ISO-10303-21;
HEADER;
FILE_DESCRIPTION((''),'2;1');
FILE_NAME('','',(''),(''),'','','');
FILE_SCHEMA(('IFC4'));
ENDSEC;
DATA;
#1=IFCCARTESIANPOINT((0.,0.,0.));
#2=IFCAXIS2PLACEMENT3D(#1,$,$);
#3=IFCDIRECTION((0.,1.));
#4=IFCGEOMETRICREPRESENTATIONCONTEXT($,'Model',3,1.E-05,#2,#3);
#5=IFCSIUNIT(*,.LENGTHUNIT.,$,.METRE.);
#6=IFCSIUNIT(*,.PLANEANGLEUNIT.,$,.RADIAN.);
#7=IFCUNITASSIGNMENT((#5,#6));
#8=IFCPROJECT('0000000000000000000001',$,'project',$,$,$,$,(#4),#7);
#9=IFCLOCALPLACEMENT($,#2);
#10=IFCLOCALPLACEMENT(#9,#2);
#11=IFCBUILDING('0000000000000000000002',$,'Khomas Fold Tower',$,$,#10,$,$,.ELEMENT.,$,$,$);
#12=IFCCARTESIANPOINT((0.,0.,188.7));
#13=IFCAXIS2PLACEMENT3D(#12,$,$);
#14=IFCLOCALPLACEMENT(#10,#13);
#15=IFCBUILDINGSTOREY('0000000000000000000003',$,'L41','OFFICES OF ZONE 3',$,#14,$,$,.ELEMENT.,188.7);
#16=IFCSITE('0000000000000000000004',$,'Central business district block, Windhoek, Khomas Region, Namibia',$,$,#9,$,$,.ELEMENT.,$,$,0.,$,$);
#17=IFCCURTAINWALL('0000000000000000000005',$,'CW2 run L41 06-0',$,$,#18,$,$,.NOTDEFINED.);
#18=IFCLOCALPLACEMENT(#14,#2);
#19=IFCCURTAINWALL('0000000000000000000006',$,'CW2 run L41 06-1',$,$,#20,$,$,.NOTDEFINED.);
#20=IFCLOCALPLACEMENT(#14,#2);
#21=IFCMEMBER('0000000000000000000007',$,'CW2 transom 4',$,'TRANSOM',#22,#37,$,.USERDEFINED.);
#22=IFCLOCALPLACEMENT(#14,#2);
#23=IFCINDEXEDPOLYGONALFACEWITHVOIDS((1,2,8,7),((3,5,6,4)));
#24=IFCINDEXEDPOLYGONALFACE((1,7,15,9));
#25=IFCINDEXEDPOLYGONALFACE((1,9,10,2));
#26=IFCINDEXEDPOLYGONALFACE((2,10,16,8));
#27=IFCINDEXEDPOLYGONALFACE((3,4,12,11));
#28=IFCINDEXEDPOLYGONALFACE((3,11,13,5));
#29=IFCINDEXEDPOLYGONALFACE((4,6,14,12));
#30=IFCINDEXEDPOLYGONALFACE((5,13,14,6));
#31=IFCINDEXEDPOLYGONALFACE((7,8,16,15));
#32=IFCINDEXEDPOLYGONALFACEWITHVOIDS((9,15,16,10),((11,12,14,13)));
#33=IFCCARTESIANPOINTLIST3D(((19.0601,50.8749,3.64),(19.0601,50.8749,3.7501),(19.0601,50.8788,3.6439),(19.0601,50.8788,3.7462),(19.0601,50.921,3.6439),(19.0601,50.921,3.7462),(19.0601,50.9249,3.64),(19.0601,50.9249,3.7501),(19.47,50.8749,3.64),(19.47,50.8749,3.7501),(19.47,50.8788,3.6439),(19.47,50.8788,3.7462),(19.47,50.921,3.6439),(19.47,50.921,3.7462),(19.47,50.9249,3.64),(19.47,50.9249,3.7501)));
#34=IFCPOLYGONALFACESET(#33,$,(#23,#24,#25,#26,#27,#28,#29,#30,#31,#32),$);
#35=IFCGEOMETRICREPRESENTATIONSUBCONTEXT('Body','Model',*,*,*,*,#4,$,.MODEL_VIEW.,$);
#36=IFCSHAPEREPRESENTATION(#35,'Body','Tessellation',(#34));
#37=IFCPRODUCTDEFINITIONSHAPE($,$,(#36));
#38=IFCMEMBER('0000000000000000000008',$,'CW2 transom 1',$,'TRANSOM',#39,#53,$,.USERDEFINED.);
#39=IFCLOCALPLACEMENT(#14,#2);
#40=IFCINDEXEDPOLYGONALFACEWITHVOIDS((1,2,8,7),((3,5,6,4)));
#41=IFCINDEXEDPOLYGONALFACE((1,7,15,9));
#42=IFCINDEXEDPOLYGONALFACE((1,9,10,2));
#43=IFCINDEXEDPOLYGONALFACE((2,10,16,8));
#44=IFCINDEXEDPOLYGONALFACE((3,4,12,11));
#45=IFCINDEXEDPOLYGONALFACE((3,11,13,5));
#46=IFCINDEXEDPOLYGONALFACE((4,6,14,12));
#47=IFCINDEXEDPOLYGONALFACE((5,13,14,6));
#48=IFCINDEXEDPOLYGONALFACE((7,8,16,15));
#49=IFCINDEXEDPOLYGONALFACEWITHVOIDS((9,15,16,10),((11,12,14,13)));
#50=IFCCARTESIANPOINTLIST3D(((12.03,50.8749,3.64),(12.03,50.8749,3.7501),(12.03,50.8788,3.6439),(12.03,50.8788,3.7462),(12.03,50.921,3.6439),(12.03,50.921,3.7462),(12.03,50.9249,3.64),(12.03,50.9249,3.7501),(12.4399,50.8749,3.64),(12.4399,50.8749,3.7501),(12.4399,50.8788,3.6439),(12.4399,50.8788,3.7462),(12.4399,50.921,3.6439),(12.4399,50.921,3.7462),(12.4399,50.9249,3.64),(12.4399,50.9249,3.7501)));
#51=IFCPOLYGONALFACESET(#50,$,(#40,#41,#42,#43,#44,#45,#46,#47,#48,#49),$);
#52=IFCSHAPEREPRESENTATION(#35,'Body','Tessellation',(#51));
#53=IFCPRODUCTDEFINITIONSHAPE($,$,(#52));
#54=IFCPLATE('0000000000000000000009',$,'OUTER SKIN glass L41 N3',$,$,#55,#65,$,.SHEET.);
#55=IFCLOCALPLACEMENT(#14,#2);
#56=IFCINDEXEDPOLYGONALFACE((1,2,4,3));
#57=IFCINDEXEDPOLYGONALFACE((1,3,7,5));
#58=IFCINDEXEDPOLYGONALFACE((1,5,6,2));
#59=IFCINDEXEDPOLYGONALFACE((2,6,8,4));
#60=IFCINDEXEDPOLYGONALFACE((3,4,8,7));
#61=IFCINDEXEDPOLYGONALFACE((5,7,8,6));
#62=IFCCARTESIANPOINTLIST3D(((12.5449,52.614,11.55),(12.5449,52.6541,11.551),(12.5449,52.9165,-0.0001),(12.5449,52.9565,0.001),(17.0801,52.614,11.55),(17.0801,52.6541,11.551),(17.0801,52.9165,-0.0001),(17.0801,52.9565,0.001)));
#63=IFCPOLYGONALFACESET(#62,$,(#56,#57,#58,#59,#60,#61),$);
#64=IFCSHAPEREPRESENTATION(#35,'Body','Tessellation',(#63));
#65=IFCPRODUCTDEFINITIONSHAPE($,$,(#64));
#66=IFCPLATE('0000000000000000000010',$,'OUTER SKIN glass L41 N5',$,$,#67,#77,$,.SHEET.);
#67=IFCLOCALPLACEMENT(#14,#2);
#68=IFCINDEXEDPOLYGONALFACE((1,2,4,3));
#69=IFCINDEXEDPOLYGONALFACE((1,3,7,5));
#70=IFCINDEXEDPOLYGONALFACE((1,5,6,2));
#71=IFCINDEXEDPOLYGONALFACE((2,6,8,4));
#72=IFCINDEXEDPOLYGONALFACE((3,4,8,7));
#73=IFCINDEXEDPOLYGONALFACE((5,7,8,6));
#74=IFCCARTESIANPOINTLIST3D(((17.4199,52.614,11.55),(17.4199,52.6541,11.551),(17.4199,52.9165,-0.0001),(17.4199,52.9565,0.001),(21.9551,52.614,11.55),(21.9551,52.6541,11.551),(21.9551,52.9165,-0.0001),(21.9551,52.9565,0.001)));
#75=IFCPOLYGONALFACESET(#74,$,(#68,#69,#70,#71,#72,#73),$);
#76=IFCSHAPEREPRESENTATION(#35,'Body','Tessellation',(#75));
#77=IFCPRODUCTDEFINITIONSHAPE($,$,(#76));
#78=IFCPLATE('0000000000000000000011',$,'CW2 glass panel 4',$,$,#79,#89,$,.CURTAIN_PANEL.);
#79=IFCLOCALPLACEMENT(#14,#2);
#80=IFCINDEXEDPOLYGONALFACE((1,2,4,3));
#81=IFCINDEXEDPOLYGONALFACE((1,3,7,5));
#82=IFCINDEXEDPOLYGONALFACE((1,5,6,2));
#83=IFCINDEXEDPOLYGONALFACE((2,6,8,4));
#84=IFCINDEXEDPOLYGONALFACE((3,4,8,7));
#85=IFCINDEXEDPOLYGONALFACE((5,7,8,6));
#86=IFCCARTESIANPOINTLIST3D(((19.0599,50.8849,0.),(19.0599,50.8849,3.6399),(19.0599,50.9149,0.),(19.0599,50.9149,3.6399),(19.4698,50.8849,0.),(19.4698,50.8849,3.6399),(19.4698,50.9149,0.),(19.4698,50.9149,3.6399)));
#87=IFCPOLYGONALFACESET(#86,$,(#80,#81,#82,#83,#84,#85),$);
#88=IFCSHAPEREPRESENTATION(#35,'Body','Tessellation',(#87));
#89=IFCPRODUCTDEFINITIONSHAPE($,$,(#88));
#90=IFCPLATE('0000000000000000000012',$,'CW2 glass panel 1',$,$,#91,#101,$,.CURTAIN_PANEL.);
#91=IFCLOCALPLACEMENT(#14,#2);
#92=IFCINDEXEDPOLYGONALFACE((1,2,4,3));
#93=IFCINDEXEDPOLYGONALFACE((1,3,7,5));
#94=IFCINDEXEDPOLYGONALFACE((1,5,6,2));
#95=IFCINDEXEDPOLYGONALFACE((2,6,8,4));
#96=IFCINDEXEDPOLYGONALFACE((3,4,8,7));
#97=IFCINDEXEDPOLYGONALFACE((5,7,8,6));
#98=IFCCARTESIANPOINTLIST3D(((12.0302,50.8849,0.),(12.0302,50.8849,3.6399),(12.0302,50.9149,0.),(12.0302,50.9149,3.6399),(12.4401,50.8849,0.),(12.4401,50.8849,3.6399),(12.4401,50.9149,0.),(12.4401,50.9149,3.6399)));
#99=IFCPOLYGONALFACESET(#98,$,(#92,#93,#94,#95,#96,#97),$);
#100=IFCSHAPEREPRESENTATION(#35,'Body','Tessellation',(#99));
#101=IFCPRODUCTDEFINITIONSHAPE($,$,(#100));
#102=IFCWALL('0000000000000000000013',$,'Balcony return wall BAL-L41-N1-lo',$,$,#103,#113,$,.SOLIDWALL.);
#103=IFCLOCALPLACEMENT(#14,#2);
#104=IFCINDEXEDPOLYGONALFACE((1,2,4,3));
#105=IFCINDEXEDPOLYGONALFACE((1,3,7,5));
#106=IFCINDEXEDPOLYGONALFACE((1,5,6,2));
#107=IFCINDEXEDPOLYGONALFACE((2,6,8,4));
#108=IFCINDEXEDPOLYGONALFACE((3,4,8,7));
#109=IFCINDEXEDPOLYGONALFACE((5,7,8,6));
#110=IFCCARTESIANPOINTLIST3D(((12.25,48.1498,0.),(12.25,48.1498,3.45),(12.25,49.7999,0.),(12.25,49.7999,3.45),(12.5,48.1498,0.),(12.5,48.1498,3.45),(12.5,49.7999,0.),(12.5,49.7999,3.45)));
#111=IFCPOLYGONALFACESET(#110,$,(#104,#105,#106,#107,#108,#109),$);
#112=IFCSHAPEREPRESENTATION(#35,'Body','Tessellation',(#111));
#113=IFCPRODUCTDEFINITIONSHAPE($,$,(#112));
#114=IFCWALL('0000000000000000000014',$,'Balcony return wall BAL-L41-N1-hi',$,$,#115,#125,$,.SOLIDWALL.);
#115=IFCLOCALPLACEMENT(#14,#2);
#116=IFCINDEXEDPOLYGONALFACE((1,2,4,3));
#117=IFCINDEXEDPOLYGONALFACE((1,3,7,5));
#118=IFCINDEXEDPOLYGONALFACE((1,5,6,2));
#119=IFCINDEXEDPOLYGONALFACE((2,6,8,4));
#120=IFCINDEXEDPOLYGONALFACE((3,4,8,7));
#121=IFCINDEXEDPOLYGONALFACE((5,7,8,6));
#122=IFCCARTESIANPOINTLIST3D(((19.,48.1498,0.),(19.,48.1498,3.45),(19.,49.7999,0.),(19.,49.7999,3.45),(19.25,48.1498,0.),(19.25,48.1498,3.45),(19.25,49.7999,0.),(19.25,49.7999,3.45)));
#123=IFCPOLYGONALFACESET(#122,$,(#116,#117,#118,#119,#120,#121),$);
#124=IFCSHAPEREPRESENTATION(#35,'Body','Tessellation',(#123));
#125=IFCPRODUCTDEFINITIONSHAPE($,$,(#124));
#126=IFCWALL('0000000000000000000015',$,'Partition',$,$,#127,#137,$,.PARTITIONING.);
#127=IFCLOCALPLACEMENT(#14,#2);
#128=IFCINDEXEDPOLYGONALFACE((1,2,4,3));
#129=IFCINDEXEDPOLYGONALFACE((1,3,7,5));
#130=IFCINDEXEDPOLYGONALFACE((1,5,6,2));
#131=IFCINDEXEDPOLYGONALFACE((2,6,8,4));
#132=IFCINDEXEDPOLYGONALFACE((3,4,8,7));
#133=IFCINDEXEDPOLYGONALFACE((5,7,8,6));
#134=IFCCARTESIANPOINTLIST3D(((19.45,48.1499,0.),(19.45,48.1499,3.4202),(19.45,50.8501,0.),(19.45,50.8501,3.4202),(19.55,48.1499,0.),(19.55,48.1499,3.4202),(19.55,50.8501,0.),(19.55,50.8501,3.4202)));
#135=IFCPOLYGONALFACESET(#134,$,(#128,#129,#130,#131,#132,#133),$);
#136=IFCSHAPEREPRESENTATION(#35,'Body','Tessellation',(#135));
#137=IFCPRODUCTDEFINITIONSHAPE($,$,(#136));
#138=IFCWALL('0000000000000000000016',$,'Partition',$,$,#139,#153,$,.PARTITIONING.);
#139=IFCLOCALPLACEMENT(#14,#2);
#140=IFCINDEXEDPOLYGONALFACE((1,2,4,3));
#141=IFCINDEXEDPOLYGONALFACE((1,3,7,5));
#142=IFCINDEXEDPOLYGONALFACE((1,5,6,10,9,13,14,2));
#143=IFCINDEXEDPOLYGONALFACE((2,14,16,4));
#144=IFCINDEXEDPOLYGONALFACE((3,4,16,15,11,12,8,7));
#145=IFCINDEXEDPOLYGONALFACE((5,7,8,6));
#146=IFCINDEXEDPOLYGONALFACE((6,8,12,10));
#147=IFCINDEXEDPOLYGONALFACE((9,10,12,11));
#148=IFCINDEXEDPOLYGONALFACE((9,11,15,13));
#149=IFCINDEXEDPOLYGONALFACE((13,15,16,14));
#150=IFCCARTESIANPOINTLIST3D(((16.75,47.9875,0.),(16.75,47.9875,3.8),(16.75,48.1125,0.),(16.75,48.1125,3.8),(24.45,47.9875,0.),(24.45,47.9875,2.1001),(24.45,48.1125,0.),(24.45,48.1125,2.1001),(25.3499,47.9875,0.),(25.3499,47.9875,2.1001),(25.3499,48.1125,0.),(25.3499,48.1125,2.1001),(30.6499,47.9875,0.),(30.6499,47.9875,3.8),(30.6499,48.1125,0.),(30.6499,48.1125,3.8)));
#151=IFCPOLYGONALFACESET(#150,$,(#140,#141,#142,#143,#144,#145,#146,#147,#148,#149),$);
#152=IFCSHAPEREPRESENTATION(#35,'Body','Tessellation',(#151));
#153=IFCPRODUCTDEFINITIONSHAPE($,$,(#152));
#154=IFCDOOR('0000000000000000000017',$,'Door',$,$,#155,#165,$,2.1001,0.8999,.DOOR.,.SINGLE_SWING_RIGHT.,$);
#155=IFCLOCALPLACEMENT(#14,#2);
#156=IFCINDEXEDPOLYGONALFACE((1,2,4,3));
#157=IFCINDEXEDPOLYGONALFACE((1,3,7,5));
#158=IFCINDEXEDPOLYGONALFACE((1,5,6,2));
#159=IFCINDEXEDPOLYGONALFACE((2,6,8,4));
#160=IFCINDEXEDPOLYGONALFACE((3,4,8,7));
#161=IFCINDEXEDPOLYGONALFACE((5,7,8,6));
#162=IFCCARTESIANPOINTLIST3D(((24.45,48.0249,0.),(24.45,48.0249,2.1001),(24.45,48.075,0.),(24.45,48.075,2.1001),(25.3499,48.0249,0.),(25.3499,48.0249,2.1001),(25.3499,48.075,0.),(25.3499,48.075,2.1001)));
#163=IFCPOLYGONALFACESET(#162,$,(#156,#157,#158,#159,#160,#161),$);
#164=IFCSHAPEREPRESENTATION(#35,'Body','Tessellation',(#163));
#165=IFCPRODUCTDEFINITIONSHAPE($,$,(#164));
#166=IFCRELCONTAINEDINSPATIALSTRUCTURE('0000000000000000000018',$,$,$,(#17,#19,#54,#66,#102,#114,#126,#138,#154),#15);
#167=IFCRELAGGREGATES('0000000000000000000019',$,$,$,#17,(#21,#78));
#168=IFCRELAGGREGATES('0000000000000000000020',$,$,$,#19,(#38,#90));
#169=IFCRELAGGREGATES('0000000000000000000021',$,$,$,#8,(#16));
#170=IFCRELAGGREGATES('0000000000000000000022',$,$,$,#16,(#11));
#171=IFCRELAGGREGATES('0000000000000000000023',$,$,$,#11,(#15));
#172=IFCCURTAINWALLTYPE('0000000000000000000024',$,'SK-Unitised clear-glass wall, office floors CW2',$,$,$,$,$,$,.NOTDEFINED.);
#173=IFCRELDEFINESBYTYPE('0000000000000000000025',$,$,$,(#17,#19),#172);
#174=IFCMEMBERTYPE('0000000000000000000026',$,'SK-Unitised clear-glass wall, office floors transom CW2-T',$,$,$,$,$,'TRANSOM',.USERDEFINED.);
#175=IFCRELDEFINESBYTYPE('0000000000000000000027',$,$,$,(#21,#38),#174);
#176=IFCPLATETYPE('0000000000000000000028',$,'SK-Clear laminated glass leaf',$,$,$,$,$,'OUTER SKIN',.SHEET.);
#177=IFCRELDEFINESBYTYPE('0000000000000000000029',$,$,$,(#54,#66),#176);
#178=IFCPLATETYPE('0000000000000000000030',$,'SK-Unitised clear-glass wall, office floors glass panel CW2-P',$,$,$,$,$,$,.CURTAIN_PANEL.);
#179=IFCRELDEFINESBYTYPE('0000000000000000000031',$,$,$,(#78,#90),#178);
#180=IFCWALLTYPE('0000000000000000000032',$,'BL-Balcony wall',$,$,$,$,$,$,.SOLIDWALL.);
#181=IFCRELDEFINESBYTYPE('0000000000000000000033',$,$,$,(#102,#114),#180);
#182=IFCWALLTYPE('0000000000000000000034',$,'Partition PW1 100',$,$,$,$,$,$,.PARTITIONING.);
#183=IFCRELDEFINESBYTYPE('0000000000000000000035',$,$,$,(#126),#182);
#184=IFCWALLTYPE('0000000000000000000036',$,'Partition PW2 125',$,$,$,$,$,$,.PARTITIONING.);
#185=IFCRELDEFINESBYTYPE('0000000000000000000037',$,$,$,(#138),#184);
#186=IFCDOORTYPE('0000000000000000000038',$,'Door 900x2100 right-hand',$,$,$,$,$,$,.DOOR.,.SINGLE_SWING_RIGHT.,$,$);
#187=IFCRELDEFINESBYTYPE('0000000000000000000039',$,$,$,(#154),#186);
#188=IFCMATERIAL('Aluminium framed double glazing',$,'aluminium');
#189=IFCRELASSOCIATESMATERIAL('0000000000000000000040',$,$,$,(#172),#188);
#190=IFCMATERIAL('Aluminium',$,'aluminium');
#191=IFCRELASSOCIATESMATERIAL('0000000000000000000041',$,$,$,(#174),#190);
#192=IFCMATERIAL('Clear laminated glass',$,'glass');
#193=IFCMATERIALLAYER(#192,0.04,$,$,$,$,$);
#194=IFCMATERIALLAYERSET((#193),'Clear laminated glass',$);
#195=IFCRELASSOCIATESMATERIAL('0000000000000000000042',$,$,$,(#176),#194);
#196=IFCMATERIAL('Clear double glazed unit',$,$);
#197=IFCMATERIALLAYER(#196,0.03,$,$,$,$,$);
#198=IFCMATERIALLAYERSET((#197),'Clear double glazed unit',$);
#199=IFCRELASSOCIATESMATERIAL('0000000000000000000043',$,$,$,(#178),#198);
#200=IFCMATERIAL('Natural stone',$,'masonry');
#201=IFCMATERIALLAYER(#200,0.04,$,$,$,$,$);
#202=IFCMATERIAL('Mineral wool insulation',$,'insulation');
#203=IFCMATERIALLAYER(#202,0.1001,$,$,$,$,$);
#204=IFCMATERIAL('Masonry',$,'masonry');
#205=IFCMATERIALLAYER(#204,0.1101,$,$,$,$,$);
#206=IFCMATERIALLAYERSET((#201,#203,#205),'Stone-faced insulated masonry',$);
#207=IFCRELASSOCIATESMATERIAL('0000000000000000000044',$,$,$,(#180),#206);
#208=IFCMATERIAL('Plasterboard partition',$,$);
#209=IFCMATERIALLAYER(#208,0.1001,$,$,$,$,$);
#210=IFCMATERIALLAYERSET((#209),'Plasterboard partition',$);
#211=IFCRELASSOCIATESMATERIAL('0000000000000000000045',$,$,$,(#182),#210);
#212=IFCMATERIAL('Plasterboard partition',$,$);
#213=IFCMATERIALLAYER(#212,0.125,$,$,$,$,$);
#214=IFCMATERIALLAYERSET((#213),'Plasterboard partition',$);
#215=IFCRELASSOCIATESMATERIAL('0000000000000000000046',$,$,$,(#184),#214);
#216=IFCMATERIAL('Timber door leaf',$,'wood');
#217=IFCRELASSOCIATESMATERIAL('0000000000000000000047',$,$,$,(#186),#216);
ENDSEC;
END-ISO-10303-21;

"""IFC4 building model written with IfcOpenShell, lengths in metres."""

from ifc_helpers import new_model, si_unit, direction, frame, frame_2d, origin, origin_2d, place, context, subcontext, project, spatial, polyline, rectangle, hollow_rectangle, outline, extrude, source, transform, mapped, material, layer, layer_set, material_profile, profile_set, type_object, element, fill, aggregate, save


model = new_model("IFC4")

# Units and contexts
model_context = context("Model", 3, precision=1e-05, world=origin(), true_north=direction((0.0, 1.0)))
body_context = subcontext(model_context, "Body", "Model", "MODEL_VIEW")
ifc_project = project(units=[si_unit("LENGTHUNIT", "METRE"), si_unit("PLANEANGLEUNIT", "RADIAN")], contexts=[model_context])

# Site, building, storey
site_placement = place(None, origin())
site = spatial("IfcSite", under=ifc_project, at=site_placement, Name="Central business district block, Windhoek, Khomas Region, Namibia", CompositionType="ELEMENT", RefElevation=0.0)
building_placement = place(site_placement, origin())
building = spatial("IfcBuilding", under=site, at=building_placement, Name="Khomas Fold Tower", CompositionType="ELEMENT")
storey_placement = place(building_placement, frame((0.0, 0.0, 188.7)))
storey = spatial("IfcBuildingStorey", under=building, at=storey_placement, Name="L41", Description="OFFICES OF ZONE 3", CompositionType="ELEMENT", Elevation=188.7)

# Curtain wall
ifc_material_1 = material(Name="Aluminium framed double glazing", Category="aluminium")
curtain_wall_type = type_object("IfcCurtainWallType", Name="SK-Unitised clear-glass wall, office floors CW2", PredefinedType="NOTDEFINED", material=ifc_material_1)
curtain_wall_1_placement = place(storey_placement, origin())
curtain_wall_1 = element("IfcCurtainWall", 1, at=curtain_wall_1_placement, inside=storey, type_object=curtain_wall_type, Name="CW2 run L41 06-0", PredefinedType="NOTDEFINED")

# Curtain wall
curtain_wall_2_placement = place(storey_placement, origin())
curtain_wall_2 = element("IfcCurtainWall", 2, at=curtain_wall_2_placement, inside=storey, type_object=curtain_wall_type, Name="CW2 run L41 06-1", PredefinedType="NOTDEFINED")

# Members
ifc_material_2 = material(Name="Aluminium", Category="aluminium")
ifc_material_profile_1 = material_profile(ifc_material_2, hollow_rectangle(XDim=0.05, YDim=0.1101, WallThickness=0.0039, at=origin_2d()), Name="SK-Unitised clear-glass wall, office floors transom CW2-T")
ifc_profile_set_1 = profile_set([ifc_material_profile_1], Name="Aluminium")
member_type_1 = type_object("IfcMemberType", Name="SK-Unitised clear-glass wall, office floors transom CW2-T", ElementType="TRANSOM", PredefinedType="USERDEFINED", material=ifc_profile_set_1)
shared_shape_1 = source(origin(), body_context, "Body", "SweptSolid", [
    extrude(hollow_rectangle(XDim=0.05, YDim=0.1101, WallThickness=0.0039, at=origin_2d()), origin(), (0.0, 0.0, 1.0), 0.4099),
])
member_1_placement = place(storey_placement, frame((19.47, 50.8999, 3.6951), z_axis=(-1.0, 0.0, 0.0), x_axis=(0.0, -1.0, 0.0)))
member_1 = element("IfcMember", 3, at=member_1_placement, type_object=member_type_1, Name="CW2 transom 4", ObjectType="TRANSOM", PredefinedType="USERDEFINED", context=body_context, shape_type="MappedRepresentation", body=[
    mapped(shared_shape_1, transform((0.0, 0.0, 0.0))),
])
member_2_placement = place(storey_placement, frame((12.4399, 50.8999, 3.6951), z_axis=(-1.0, 0.0, 0.0), x_axis=(0.0, -1.0, 0.0)))
member_2 = element("IfcMember", 4, at=member_2_placement, type_object=member_type_1, Name="CW2 transom 1", ObjectType="TRANSOM", PredefinedType="USERDEFINED", context=body_context, shape_type="MappedRepresentation", body=[
    mapped(shared_shape_1, transform((0.0, 0.0, 0.0))),
])

# Plates
ifc_material_3 = material(Name="Clear laminated glass", Category="glass")
ifc_layer_1 = layer(ifc_material_3, 0.04)
ifc_layer_set_1 = layer_set([ifc_layer_1], Name="Clear laminated glass")
plate_type_1 = type_object("IfcPlateType", Name="SK-Clear laminated glass leaf", ElementType="OUTER SKIN", PredefinedType="SHEET", material=ifc_layer_set_1)
for number, where, z_axis, x_axis, name in (
    (5, (12.5449, 52.9565, 0.001), (0.0, 0.999657, 0.026181), (1.0, 0.0, 0.0), "OUTER SKIN glass L41 N3"),
    (6, (17.4199, 52.9565, 0.001), (0.0, 0.999657, 0.026181), (1.0, 0.0, 0.0), "OUTER SKIN glass L41 N5"),
):
    element("IfcPlate", number, at=place(storey_placement, frame(where, z_axis=z_axis, x_axis=x_axis)), inside=storey, type_object=plate_type_1, Name=name, PredefinedType="SHEET", context=body_context, shape_type="SweptSolid", body=[
        extrude(outline(polyline([(0.0, 0.0), (4.5352, 0.0), (4.5352, -11.554), (0.0, -11.554), (0.0, 0.0)])), origin(), (0.0, 0.0, -1.0), 0.04),
    ])

# Plates
ifc_material_4 = material(Name="Clear double glazed unit")
ifc_layer_2 = layer(ifc_material_4, 0.03)
ifc_layer_set_2 = layer_set([ifc_layer_2], Name="Clear double glazed unit")
plate_type_2 = type_object("IfcPlateType", Name="SK-Unitised clear-glass wall, office floors glass panel CW2-P", PredefinedType="CURTAIN_PANEL", material=ifc_layer_set_2)
shared_shape_2 = source(origin(), body_context, "Body", "SweptSolid", [
    extrude(rectangle(XDim=0.4099, YDim=0.03, at=origin_2d()), origin(), (0.0, 0.0, 1.0), 3.6399),
])
plate_1_placement = place(storey_placement, frame((19.2649, 50.8999, 0.0), z_axis=(0.0, 0.0, 1.0), x_axis=(-1.0, 0.0, 0.0)))
plate_1 = element("IfcPlate", 7, at=plate_1_placement, type_object=plate_type_2, Name="CW2 glass panel 4", PredefinedType="CURTAIN_PANEL", context=body_context, shape_type="MappedRepresentation", body=[
    mapped(shared_shape_2, transform((0.0, 0.0, 0.0))),
])
aggregate(curtain_wall_1, [member_1, plate_1])
plate_2_placement = place(storey_placement, frame((12.2351, 50.8999, 0.0), z_axis=(0.0, 0.0, 1.0), x_axis=(-1.0, 0.0, 0.0)))
plate_2 = element("IfcPlate", 8, at=plate_2_placement, type_object=plate_type_2, Name="CW2 glass panel 1", PredefinedType="CURTAIN_PANEL", context=body_context, shape_type="MappedRepresentation", body=[
    mapped(shared_shape_2, transform((0.0, 0.0, 0.0))),
])
aggregate(curtain_wall_2, [member_2, plate_2])

# Shared definitions
ifc_material_5 = material(Name="Natural stone", Category="masonry")
ifc_layer_3 = layer(ifc_material_5, 0.04)
ifc_material_6 = material(Name="Mineral wool insulation", Category="insulation")
ifc_layer_4 = layer(ifc_material_6, 0.1001)
ifc_material_7 = material(Name="Masonry", Category="masonry")
ifc_layer_5 = layer(ifc_material_7, 0.1101)
ifc_layer_set_3 = layer_set([ifc_layer_3, ifc_layer_4, ifc_layer_5], Name="Stone-faced insulated masonry")
wall_type_1 = type_object("IfcWallType", Name="BL-Balcony wall", PredefinedType="SOLIDWALL", material=ifc_layer_set_3)

# Walls
shared_shape_3 = source(origin(), body_context, "Body", "SweptSolid", [
    extrude(rectangle(XDim=1.6501, YDim=0.25, at=frame_2d((0.8252, 0.0))), origin(), (0.0, 0.0, 1.0), 3.45),
])
for number, where, z_axis, x_axis, name in (
    (9, (12.375, 49.8, 0.0), (0.0, 0.0, 1.0), (0.0, -1.0, 0.0), "Balcony return wall BAL-L41-N1-lo"),
    (10, (19.125, 49.8, 0.0), (0.0, 0.0, 1.0), (0.0, -1.0, 0.0), "Balcony return wall BAL-L41-N1-hi"),
):
    element("IfcWall", number, at=place(storey_placement, frame(where, z_axis=z_axis, x_axis=x_axis)), inside=storey, type_object=wall_type_1, Name=name, PredefinedType="SOLIDWALL", context=body_context, shape_type="MappedRepresentation", body=[
        mapped(shared_shape_3, transform((0.0, 0.0, 0.0))),
    ])
ifc_material_8 = material(Name="Plasterboard partition")
ifc_layer_6 = layer(ifc_material_8, 0.1001)
ifc_layer_set_4 = layer_set([ifc_layer_6], Name="Plasterboard partition")
wall_type_2 = type_object("IfcWallType", Name="Partition PW1 100", PredefinedType="PARTITIONING", material=ifc_layer_set_4)
shared_shape_4 = source(origin(), body_context, "Body", "SweptSolid", [
    extrude(rectangle(XDim=2.7002, YDim=0.1001, at=frame_2d((1.3501, 0.0))), origin(), (0.0, 0.0, 1.0), 3.4202),
])
wall_1_placement = place(storey_placement, frame((19.5, 48.1499, 0.0), z_axis=(0.0, 0.0, 1.0), x_axis=(0.0, 1.0, 0.0)))
element("IfcWall", 11, at=wall_1_placement, inside=storey, type_object=wall_type_2, Name="Partition", PredefinedType="PARTITIONING", context=body_context, shape_type="MappedRepresentation", body=[
    mapped(shared_shape_4, transform((0.0, 0.0, 0.0))),
])

# Wall, opening, door
ifc_material_9 = material(Name="Plasterboard partition")
ifc_layer_7 = layer(ifc_material_9, 0.125)
ifc_layer_set_5 = layer_set([ifc_layer_7], Name="Plasterboard partition")
wall_type_3 = type_object("IfcWallType", Name="Partition PW2 125", PredefinedType="PARTITIONING", material=ifc_layer_set_5)
shared_shape_5 = source(origin(), body_context, "Body", "SweptSolid", [
    extrude(rectangle(XDim=13.8999, YDim=0.125, at=frame_2d((6.95, 0.0))), origin(), (0.0, 0.0, 1.0), 3.8),
])
wall_2_placement = place(storey_placement, frame((16.75, 48.05, 0.0), z_axis=(0.0, 0.0, 1.0), x_axis=(1.0, 0.0, 0.0)))
wall_2 = element("IfcWall", 12, at=wall_2_placement, inside=storey, type_object=wall_type_3, Name="Partition", PredefinedType="PARTITIONING", context=body_context, shape_type="MappedRepresentation", body=[
    mapped(shared_shape_5, transform((0.0, 0.0, 0.0))),
])
shared_shape_6 = source(origin(), body_context, "Body", "SweptSolid", [
    extrude(rectangle(XDim=0.8999, YDim=2.1001, at=frame_2d((0.45, 1.05))), frame((0.0, 0.0725, 0.0), z_axis=(0.0, -1.0, 0.0), x_axis=(1.0, 0.0, 0.0)), (0.0, 0.0, 1.0), 0.145),
])
opening_1_placement = place(wall_2_placement, frame((7.7, 0.0, 0.0)))
opening_1 = element("IfcOpeningElement", 13, at=opening_1_placement, cuts=wall_2, PredefinedType="OPENING", context=body_context, shape_type="MappedRepresentation", body=[
    mapped(shared_shape_6, transform((0.0, 0.0, 0.0))),
])
ifc_material_10 = material(Name="Timber door leaf", Category="wood")
door_type_1 = type_object("IfcDoorType", Name="Door 900x2100 right-hand", OperationType="SINGLE_SWING_RIGHT", PredefinedType="DOOR", material=ifc_material_10)
shared_shape_7 = source(origin(), body_context, "Body", "SweptSolid", [
    extrude(rectangle(XDim=0.8999, YDim=2.1001, at=frame_2d((0.45, 1.05))), frame((0.0, 0.0249, 0.0), z_axis=(0.0, -1.0, 0.0), x_axis=(1.0, 0.0, 0.0)), (0.0, 0.0, 1.0), 0.05),
])
door_1_placement = place(opening_1_placement, origin())
door_1 = element("IfcDoor", 14, at=door_1_placement, inside=storey, type_object=door_type_1, Name="Door", OperationType="SINGLE_SWING_RIGHT", OverallHeight=2.1001, OverallWidth=0.8999, PredefinedType="DOOR", context=body_context, shape_type="MappedRepresentation", body=[
    mapped(shared_shape_7, transform((0.0, 0.0, 0.0))),
])
fill(opening_1, door_1)

save(model, "model.ifc")
